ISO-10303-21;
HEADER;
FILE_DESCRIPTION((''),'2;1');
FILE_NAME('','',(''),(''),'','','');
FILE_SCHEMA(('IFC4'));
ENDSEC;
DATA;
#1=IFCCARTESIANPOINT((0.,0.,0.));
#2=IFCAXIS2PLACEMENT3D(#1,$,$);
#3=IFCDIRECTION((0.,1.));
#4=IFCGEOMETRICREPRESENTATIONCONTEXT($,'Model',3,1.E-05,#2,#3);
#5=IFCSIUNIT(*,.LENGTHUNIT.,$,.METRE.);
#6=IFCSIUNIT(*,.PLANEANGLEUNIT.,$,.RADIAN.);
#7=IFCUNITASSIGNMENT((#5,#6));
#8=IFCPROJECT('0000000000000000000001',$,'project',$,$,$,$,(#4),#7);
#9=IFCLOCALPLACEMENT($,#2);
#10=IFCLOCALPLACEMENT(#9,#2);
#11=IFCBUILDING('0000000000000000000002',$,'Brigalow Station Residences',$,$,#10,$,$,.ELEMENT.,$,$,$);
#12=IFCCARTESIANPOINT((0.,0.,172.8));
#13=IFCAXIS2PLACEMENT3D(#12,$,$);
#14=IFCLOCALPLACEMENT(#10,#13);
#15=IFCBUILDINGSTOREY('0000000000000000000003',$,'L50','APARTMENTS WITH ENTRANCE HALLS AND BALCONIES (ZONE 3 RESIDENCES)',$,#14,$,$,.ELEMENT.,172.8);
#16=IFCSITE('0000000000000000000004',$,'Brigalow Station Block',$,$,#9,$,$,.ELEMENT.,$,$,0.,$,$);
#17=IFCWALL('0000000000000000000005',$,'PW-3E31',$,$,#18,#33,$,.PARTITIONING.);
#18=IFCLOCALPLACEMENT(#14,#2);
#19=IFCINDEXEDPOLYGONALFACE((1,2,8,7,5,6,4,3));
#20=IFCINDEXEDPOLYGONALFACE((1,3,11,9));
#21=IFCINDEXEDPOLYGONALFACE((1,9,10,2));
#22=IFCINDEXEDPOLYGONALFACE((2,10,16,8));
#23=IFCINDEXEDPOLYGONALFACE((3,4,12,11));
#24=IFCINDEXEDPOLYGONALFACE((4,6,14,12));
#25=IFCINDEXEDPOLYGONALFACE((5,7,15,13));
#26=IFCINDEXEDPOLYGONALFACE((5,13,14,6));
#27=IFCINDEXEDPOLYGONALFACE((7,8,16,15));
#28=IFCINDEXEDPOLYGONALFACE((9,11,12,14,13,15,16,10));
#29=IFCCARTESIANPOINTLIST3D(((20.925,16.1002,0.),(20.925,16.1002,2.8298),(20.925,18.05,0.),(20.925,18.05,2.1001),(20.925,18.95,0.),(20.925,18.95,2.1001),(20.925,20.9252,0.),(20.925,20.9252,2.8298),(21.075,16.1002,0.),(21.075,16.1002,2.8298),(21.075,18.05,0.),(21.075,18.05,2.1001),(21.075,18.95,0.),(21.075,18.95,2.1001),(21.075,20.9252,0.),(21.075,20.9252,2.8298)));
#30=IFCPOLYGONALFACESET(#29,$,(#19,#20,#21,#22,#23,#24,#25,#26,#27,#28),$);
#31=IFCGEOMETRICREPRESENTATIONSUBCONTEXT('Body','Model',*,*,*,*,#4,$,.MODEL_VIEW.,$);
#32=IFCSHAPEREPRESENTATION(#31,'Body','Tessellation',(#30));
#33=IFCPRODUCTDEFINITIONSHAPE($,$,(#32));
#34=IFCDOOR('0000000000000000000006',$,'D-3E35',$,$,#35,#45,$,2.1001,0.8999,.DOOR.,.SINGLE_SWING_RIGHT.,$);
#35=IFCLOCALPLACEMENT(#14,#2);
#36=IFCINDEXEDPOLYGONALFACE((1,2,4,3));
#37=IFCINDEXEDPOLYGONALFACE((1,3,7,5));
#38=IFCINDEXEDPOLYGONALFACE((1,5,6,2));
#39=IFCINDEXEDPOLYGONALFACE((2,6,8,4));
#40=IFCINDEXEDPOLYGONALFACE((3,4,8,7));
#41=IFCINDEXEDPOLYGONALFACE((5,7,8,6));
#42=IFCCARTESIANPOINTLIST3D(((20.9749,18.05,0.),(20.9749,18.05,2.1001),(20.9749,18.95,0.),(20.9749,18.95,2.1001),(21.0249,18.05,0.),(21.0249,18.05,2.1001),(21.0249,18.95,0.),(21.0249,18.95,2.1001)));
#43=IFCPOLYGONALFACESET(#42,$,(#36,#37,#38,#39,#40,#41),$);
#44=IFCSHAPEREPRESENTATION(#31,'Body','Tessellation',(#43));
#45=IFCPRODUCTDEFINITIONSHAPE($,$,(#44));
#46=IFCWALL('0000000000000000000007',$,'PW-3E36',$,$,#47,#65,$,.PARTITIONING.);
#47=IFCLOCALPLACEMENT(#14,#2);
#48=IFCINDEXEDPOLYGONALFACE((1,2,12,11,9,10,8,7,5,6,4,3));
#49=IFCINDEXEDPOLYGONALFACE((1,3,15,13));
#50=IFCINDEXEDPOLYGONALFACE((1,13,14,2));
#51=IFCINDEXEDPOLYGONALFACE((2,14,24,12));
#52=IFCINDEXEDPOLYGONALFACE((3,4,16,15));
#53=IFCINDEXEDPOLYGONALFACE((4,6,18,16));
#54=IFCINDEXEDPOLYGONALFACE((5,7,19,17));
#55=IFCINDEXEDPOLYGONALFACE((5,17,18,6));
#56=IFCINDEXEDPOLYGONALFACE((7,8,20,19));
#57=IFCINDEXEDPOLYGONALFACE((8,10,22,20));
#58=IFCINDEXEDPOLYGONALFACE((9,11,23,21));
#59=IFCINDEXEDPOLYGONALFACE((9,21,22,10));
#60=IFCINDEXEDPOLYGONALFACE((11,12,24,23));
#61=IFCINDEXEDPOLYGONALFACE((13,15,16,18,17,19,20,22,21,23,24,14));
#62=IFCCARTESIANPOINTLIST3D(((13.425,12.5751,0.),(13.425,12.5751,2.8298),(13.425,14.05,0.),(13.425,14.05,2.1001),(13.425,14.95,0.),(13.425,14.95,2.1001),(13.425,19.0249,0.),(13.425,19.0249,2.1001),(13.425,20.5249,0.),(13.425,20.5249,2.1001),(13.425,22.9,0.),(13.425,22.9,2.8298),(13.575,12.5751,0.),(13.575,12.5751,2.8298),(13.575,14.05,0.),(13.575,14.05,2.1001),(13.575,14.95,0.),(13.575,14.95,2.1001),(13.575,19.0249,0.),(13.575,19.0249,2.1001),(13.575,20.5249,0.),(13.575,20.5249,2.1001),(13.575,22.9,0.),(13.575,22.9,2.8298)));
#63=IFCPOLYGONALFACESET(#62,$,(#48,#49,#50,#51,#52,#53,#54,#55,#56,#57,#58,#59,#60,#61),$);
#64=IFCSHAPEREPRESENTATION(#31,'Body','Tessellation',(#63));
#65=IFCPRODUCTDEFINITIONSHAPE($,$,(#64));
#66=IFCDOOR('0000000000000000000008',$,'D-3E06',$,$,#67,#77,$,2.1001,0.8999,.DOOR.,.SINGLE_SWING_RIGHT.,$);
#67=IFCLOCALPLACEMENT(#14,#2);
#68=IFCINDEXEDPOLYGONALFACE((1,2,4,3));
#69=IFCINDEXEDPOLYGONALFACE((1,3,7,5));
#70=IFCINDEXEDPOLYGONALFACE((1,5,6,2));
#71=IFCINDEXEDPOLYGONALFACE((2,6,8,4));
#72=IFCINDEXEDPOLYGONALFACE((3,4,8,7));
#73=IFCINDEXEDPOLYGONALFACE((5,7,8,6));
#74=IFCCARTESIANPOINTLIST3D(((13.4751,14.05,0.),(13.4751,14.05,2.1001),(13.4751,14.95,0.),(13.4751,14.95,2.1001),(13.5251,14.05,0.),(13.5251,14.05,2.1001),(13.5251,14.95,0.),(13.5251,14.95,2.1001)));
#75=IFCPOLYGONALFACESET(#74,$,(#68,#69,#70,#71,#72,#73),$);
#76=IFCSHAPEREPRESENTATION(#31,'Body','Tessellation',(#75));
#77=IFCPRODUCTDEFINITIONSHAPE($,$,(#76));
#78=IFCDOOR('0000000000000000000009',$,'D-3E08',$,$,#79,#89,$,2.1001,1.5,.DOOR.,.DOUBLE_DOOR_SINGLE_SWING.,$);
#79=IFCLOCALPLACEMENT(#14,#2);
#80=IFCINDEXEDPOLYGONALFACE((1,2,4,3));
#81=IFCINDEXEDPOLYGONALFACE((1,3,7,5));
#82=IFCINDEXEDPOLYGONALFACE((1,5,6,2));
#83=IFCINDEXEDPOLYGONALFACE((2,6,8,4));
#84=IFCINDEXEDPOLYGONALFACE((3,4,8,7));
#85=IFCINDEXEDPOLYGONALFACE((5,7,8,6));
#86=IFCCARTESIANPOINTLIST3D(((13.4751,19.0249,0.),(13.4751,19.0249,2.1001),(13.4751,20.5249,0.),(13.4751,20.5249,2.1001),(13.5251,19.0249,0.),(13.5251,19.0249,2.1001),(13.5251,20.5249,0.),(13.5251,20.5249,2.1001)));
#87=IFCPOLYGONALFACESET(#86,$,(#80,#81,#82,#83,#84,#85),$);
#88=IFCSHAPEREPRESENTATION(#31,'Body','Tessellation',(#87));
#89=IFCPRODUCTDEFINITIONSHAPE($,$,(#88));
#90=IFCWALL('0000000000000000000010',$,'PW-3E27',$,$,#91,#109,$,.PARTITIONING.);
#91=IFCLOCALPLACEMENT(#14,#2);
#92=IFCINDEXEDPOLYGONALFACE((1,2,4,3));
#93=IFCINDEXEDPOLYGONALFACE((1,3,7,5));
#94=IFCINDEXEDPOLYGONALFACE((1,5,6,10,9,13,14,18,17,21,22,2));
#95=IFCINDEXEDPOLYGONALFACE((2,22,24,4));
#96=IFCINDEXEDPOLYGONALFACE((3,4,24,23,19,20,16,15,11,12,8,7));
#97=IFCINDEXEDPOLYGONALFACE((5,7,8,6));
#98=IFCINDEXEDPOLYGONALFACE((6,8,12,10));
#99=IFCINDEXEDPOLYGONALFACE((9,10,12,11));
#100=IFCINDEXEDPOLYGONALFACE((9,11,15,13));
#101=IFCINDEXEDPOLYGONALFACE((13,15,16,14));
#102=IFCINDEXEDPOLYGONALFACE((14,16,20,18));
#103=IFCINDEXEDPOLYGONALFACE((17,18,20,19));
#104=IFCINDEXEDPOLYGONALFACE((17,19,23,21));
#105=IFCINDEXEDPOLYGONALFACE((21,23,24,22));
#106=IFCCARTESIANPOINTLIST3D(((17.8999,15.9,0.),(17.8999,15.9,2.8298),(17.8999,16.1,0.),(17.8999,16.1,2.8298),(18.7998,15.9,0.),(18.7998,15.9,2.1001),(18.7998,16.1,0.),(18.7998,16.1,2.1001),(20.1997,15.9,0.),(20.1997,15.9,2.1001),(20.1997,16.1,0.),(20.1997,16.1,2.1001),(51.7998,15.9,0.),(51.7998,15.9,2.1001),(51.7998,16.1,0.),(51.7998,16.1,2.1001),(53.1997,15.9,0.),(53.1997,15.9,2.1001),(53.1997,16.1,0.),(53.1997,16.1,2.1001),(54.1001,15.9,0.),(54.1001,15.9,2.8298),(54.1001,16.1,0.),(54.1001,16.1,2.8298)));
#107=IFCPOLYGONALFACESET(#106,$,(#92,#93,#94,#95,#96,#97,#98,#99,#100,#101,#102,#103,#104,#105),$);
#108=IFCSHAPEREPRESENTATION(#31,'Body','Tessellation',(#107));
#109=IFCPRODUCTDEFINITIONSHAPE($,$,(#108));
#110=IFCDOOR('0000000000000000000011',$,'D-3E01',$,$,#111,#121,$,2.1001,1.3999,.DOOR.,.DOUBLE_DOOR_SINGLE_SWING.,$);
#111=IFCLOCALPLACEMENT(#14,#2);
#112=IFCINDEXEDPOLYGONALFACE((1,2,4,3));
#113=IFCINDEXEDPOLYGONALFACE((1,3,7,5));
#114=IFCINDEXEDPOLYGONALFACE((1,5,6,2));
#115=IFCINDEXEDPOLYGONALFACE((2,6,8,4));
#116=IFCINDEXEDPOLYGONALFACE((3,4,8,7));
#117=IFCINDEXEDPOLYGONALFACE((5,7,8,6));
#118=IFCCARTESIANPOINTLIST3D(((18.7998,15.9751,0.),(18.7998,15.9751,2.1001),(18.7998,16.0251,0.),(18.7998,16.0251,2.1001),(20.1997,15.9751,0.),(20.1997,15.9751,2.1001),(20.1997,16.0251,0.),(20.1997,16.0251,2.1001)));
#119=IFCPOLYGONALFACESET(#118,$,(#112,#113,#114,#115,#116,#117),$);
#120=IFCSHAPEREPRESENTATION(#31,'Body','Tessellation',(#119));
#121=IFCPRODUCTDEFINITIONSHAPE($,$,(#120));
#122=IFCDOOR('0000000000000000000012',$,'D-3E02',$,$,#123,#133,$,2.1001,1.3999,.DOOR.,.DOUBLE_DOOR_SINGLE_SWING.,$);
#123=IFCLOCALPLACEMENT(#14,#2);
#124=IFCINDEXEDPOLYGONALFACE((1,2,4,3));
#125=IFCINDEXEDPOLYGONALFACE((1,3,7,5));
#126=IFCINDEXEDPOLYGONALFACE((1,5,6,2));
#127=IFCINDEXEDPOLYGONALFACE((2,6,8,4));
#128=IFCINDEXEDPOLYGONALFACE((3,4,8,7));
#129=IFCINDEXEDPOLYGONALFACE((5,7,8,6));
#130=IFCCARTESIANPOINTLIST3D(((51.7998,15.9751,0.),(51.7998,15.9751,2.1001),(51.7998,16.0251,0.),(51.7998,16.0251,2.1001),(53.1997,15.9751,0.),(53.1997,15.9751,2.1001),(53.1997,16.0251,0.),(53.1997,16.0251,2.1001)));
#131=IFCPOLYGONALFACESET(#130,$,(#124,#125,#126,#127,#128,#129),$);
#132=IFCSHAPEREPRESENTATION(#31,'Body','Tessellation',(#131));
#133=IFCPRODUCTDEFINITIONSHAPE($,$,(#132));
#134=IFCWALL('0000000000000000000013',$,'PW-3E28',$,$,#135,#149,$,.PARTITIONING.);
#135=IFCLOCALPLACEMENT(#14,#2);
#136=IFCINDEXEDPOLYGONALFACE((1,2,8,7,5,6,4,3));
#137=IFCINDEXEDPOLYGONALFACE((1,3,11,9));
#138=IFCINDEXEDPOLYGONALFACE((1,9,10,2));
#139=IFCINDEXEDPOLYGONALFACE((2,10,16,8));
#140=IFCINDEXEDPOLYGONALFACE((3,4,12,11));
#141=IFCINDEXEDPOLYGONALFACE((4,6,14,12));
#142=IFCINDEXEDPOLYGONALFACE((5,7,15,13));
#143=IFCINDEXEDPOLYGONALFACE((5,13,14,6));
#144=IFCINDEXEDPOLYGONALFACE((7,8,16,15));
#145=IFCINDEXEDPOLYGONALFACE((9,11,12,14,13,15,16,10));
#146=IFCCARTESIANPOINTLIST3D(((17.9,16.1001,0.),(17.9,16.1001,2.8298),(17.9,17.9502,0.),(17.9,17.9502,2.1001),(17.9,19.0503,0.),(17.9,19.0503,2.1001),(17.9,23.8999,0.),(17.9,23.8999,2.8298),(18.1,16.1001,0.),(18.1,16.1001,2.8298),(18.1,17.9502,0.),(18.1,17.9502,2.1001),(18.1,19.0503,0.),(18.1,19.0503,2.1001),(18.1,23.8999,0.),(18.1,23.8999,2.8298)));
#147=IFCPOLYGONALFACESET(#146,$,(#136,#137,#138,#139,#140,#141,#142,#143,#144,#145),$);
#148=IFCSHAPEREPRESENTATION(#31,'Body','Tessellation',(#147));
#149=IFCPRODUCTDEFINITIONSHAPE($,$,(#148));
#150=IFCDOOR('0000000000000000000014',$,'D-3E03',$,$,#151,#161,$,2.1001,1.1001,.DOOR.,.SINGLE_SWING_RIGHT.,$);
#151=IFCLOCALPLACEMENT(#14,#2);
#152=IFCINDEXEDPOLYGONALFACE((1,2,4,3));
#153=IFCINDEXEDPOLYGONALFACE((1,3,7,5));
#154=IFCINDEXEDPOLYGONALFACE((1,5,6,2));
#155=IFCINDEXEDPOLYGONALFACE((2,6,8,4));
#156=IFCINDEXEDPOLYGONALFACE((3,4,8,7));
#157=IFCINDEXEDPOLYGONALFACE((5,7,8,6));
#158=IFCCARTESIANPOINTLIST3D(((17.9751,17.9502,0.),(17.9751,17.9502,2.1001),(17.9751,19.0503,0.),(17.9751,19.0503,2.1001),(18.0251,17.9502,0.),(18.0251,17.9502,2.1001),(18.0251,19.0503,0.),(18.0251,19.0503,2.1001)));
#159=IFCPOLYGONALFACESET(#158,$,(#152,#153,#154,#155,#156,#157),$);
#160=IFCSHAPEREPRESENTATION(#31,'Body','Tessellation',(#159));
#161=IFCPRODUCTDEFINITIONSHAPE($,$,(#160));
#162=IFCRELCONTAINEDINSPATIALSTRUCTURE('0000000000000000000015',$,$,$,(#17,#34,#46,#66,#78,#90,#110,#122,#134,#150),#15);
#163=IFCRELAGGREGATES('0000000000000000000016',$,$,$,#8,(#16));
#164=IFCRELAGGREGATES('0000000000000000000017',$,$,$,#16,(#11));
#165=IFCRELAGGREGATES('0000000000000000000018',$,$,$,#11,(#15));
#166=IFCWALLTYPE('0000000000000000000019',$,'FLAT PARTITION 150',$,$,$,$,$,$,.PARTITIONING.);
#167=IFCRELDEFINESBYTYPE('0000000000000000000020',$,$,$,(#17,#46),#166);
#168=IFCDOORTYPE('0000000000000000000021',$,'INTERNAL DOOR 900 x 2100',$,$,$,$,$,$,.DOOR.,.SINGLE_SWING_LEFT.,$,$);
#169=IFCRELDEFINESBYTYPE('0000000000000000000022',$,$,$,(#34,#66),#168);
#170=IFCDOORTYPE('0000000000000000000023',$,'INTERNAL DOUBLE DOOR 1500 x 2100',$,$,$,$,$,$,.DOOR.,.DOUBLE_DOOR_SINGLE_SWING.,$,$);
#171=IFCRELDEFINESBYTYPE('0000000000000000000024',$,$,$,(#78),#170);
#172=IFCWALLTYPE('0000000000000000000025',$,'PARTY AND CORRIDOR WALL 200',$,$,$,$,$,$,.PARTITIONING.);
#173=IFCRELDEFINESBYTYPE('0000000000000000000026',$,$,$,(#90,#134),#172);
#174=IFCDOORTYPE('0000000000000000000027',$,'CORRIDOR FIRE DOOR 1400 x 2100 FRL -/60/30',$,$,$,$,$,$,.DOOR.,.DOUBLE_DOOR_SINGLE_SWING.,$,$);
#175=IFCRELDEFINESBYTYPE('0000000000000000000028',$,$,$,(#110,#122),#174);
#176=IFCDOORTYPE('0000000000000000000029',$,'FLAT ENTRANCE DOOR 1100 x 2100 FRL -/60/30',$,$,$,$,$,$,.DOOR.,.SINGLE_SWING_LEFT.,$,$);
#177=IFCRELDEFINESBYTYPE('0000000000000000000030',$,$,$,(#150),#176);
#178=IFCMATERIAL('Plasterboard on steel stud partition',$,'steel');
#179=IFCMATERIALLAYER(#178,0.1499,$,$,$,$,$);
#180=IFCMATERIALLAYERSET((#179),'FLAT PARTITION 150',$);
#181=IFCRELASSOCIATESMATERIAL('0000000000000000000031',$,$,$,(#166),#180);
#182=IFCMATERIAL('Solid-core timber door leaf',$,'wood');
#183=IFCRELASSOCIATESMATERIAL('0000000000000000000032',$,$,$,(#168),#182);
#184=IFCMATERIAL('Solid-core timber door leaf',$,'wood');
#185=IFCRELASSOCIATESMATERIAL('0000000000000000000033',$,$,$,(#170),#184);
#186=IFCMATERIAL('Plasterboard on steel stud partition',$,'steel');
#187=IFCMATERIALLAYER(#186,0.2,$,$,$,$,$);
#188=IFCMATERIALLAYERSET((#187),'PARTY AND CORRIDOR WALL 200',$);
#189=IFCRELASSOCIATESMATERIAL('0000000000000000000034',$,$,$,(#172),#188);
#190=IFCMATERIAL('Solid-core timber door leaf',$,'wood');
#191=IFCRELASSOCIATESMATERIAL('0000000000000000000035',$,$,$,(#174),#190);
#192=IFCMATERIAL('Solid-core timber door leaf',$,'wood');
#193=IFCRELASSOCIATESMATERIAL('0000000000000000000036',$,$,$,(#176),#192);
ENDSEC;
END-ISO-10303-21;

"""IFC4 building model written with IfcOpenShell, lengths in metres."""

from ifc_helpers import new_model, si_unit, direction, frame, frame_2d, origin, place, context, subcontext, project, spatial, rectangle, extrude, material, layer, layer_set, type_object, element, fill, save


model = new_model("IFC4")

# Units and contexts
model_context = context("Model", 3, precision=1e-05, world=origin(), true_north=direction((0.0, 1.0)))
body_context = subcontext(model_context, "Body", "Model", "MODEL_VIEW")
ifc_project = project(units=[si_unit("LENGTHUNIT", "METRE"), si_unit("PLANEANGLEUNIT", "RADIAN")], contexts=[model_context])

# Site, building, storey
site_placement = place(None, origin())
site = spatial("IfcSite", under=ifc_project, at=site_placement, Name="Brigalow Station Block", CompositionType="ELEMENT", RefElevation=0.0)
building_placement = place(site_placement, origin())
building = spatial("IfcBuilding", under=site, at=building_placement, Name="Brigalow Station Residences", CompositionType="ELEMENT")
storey_placement = place(building_placement, frame((0.0, 0.0, 172.8)))
storey = spatial("IfcBuildingStorey", under=building, at=storey_placement, Name="L50", Description="APARTMENTS WITH ENTRANCE HALLS AND BALCONIES (ZONE 3 RESIDENCES)", CompositionType="ELEMENT", Elevation=172.8)

# Shared definitions
ifc_material_1 = material(Name="Plasterboard on steel stud partition", Category="steel")
ifc_layer_1 = layer(ifc_material_1, 0.1499)
ifc_layer_set_1 = layer_set([ifc_layer_1], Name="FLAT PARTITION 150")
wall_type_1 = type_object("IfcWallType", Name="FLAT PARTITION 150", PredefinedType="PARTITIONING", material=ifc_layer_set_1)
ifc_material_2 = material(Name="Solid-core timber door leaf", Category="wood")
door_type_1 = type_object("IfcDoorType", Name="INTERNAL DOOR 900 x 2100", OperationType="SINGLE_SWING_LEFT", PredefinedType="DOOR", material=ifc_material_2)

# Wall, opening, door
wall_1_placement = place(storey_placement, frame((21.0, 16.1001, 0.0), z_axis=(0.0, 0.0, 1.0), x_axis=(0.0, 1.0, 0.0)))
wall_1 = element("IfcWall", 1, at=wall_1_placement, inside=storey, type_object=wall_type_1, Name="PW-3E31", PredefinedType="PARTITIONING", context=body_context, shape_type="SweptSolid", body=[
    extrude(rectangle(XDim=4.825, YDim=0.1499, at=frame_2d((2.4126, 0.0))), origin(), (0.0, 0.0, 1.0), 2.8298),
])
opening_1_placement = place(wall_1_placement, frame((1.95, 0.0, 0.0)))
opening_1 = element("IfcOpeningElement", 2, at=opening_1_placement, cuts=wall_1, PredefinedType="OPENING", context=body_context, shape_type="SweptSolid", body=[
    extrude(rectangle(XDim=0.8999, YDim=2.1001, at=frame_2d((0.45, 1.05))), frame((0.0, 0.085, 0.0), z_axis=(0.0, -1.0, 0.0), x_axis=(1.0, 0.0, 0.0)), (0.0, 0.0, 1.0), 0.1699),
])
door_1_placement = place(opening_1_placement, frame((0.8999, 0.0, 0.0), z_axis=(0.0, 0.0, 1.0), x_axis=(-1.0, 0.0, 0.0)))
door_1 = element("IfcDoor", 3, at=door_1_placement, inside=storey, type_object=door_type_1, Name="D-3E35", OperationType="SINGLE_SWING_RIGHT", OverallHeight=2.1001, OverallWidth=0.8999, PredefinedType="DOOR", context=body_context, shape_type="SweptSolid", body=[
    extrude(rectangle(XDim=0.8999, YDim=2.1001, at=frame_2d((0.45, 1.05))), frame((0.0, 0.0249, 0.0), z_axis=(0.0, -1.0, 0.0), x_axis=(1.0, 0.0, 0.0)), (0.0, 0.0, 1.0), 0.05),
])
fill(opening_1, door_1)

# Walls, openings, doors
wall_2_placement = place(storey_placement, frame((13.5, 12.575, 0.0), z_axis=(0.0, 0.0, 1.0), x_axis=(0.0, 1.0, 0.0)))
wall_2 = element("IfcWall", 4, at=wall_2_placement, inside=storey, type_object=wall_type_1, Name="PW-3E36", PredefinedType="PARTITIONING", context=body_context, shape_type="SweptSolid", body=[
    extrude(rectangle(XDim=10.325, YDim=0.1499, at=frame_2d((5.1626, 0.0))), origin(), (0.0, 0.0, 1.0), 2.8298),
])
opening_2_placement = place(wall_2_placement, frame((1.4751, 0.0, 0.0)))
opening_2 = element("IfcOpeningElement", 5, at=opening_2_placement, cuts=wall_2, PredefinedType="OPENING", context=body_context, shape_type="SweptSolid", body=[
    extrude(rectangle(XDim=0.8999, YDim=2.1001, at=frame_2d((0.45, 1.05))), frame((0.0, 0.085, 0.0), z_axis=(0.0, -1.0, 0.0), x_axis=(1.0, 0.0, 0.0)), (0.0, 0.0, 1.0), 0.1699),
])
opening_3_placement = place(wall_2_placement, frame((6.45, 0.0, 0.0)))
opening_3 = element("IfcOpeningElement", 6, at=opening_3_placement, cuts=wall_2, PredefinedType="OPENING", context=body_context, shape_type="SweptSolid", body=[
    extrude(rectangle(XDim=1.5, YDim=2.1001, at=frame_2d((0.75, 1.05))), frame((0.0, 0.085, 0.0), z_axis=(0.0, -1.0, 0.0), x_axis=(1.0, 0.0, 0.0)), (0.0, 0.0, 1.0), 0.1699),
])
door_2_placement = place(opening_2_placement, origin())
door_2 = element("IfcDoor", 7, at=door_2_placement, inside=storey, type_object=door_type_1, Name="D-3E06", OperationType="SINGLE_SWING_RIGHT", OverallHeight=2.1001, OverallWidth=0.8999, PredefinedType="DOOR", context=body_context, shape_type="SweptSolid", body=[
    extrude(rectangle(XDim=0.8999, YDim=2.1001, at=frame_2d((0.45, 1.05))), frame((0.0, 0.0249, 0.0), z_axis=(0.0, -1.0, 0.0), x_axis=(1.0, 0.0, 0.0)), (0.0, 0.0, 1.0), 0.05),
])
fill(opening_2, door_2)
ifc_material_3 = material(Name="Solid-core timber door leaf", Category="wood")
door_type_2 = type_object("IfcDoorType", Name="INTERNAL DOUBLE DOOR 1500 x 2100", OperationType="DOUBLE_DOOR_SINGLE_SWING", PredefinedType="DOOR", material=ifc_material_3)
door_3_placement = place(opening_3_placement, origin())
door_3 = element("IfcDoor", 8, at=door_3_placement, inside=storey, type_object=door_type_2, Name="D-3E08", OperationType="DOUBLE_DOOR_SINGLE_SWING", OverallHeight=2.1001, OverallWidth=1.5, PredefinedType="DOOR", context=body_context, shape_type="SweptSolid", body=[
    extrude(rectangle(XDim=1.5, YDim=2.1001, at=frame_2d((0.75, 1.05))), frame((0.0, 0.0249, 0.0), z_axis=(0.0, -1.0, 0.0), x_axis=(1.0, 0.0, 0.0)), (0.0, 0.0, 1.0), 0.05),
])
fill(opening_3, door_3)
ifc_material_4 = material(Name="Plasterboard on steel stud partition", Category="steel")
ifc_layer_2 = layer(ifc_material_4, 0.2)
ifc_layer_set_2 = layer_set([ifc_layer_2], Name="PARTY AND CORRIDOR WALL 200")
wall_type_2 = type_object("IfcWallType", Name="PARTY AND CORRIDOR WALL 200", PredefinedType="PARTITIONING", material=ifc_layer_set_2)
wall_3_placement = place(storey_placement, frame((17.8999, 16.0, 0.0), z_axis=(0.0, 0.0, 1.0), x_axis=(1.0, 0.0, 0.0)))
wall_3 = element("IfcWall", 9, at=wall_3_placement, inside=storey, type_object=wall_type_2, Name="PW-3E27", PredefinedType="PARTITIONING", context=body_context, shape_type="SweptSolid", body=[
    extrude(rectangle(XDim=36.2002, YDim=0.2, at=frame_2d((18.1001, 0.0))), origin(), (0.0, 0.0, 1.0), 2.8298),
])
opening_4_placement = place(wall_3_placement, frame((0.8999, 0.0, 0.0)))
opening_4 = element("IfcOpeningElement", 10, at=opening_4_placement, cuts=wall_3, PredefinedType="OPENING", context=body_context, shape_type="SweptSolid", body=[
    extrude(rectangle(XDim=1.3999, YDim=2.1001, at=frame_2d((0.7, 1.05))), frame((0.0, 0.1099, 0.0), z_axis=(0.0, -1.0, 0.0), x_axis=(1.0, 0.0, 0.0)), (0.0, 0.0, 1.0), 0.22),
])
opening_5_placement = place(wall_3_placement, frame((33.8999, 0.0, 0.0)))
opening_5 = element("IfcOpeningElement", 11, at=opening_5_placement, cuts=wall_3, PredefinedType="OPENING", context=body_context, shape_type="SweptSolid", body=[
    extrude(rectangle(XDim=1.3999, YDim=2.1001, at=frame_2d((0.7, 1.05))), frame((0.0, 0.1099, 0.0), z_axis=(0.0, -1.0, 0.0), x_axis=(1.0, 0.0, 0.0)), (0.0, 0.0, 1.0), 0.22),
])
ifc_material_5 = material(Name="Solid-core timber door leaf", Category="wood")
door_type_3 = type_object("IfcDoorType", Name="CORRIDOR FIRE DOOR 1400 x 2100 FRL -/60/30", OperationType="DOUBLE_DOOR_SINGLE_SWING", PredefinedType="DOOR", material=ifc_material_5)
door_4_placement = place(opening_4_placement, frame((1.3999, 0.0, 0.0), z_axis=(0.0, 0.0, 1.0), x_axis=(-1.0, 0.0, 0.0)))
door_4 = element("IfcDoor", 12, at=door_4_placement, inside=storey, type_object=door_type_3, Name="D-3E01", OperationType="DOUBLE_DOOR_SINGLE_SWING", OverallHeight=2.1001, OverallWidth=1.3999, PredefinedType="DOOR", context=body_context, shape_type="SweptSolid", body=[
    extrude(rectangle(XDim=1.3999, YDim=2.1001, at=frame_2d((0.7, 1.05))), frame((0.0, 0.0249, 0.0), z_axis=(0.0, -1.0, 0.0), x_axis=(1.0, 0.0, 0.0)), (0.0, 0.0, 1.0), 0.05),
])
fill(opening_4, door_4)
door_5_placement = place(opening_5_placement, frame((1.3999, 0.0, 0.0), z_axis=(0.0, 0.0, 1.0), x_axis=(-1.0, 0.0, 0.0)))
door_5 = element("IfcDoor", 13, at=door_5_placement, inside=storey, type_object=door_type_3, Name="D-3E02", OperationType="DOUBLE_DOOR_SINGLE_SWING", OverallHeight=2.1001, OverallWidth=1.3999, PredefinedType="DOOR", context=body_context, shape_type="SweptSolid", body=[
    extrude(rectangle(XDim=1.3999, YDim=2.1001, at=frame_2d((0.7, 1.05))), frame((0.0, 0.0249, 0.0), z_axis=(0.0, -1.0, 0.0), x_axis=(1.0, 0.0, 0.0)), (0.0, 0.0, 1.0), 0.05),
])
fill(opening_5, door_5)

# Wall, opening, door
wall_4_placement = place(storey_placement, frame((18.0, 16.1001, 0.0), z_axis=(0.0, 0.0, 1.0), x_axis=(0.0, 1.0, 0.0)))
wall_4 = element("IfcWall", 14, at=wall_4_placement, inside=storey, type_object=wall_type_2, Name="PW-3E28", PredefinedType="PARTITIONING", context=body_context, shape_type="SweptSolid", body=[
    extrude(rectangle(XDim=7.7998, YDim=0.2, at=frame_2d((3.8999, 0.0))), origin(), (0.0, 0.0, 1.0), 2.8298),
])
opening_6_placement = place(wall_4_placement, frame((1.8501, 0.0, 0.0)))
opening_6 = element("IfcOpeningElement", 15, at=opening_6_placement, cuts=wall_4, PredefinedType="OPENING", context=body_context, shape_type="SweptSolid", body=[
    extrude(rectangle(XDim=1.1001, YDim=2.1001, at=frame_2d((0.55, 1.05))), frame((0.0, 0.1099, 0.0), z_axis=(0.0, -1.0, 0.0), x_axis=(1.0, 0.0, 0.0)), (0.0, 0.0, 1.0), 0.22),
])
ifc_material_6 = material(Name="Solid-core timber door leaf", Category="wood")
door_type_4 = type_object("IfcDoorType", Name="FLAT ENTRANCE DOOR 1100 x 2100 FRL -/60/30", OperationType="SINGLE_SWING_LEFT", PredefinedType="DOOR", material=ifc_material_6)
door_6_placement = place(opening_6_placement, origin())
door_6 = element("IfcDoor", 16, at=door_6_placement, inside=storey, type_object=door_type_4, Name="D-3E03", OperationType="SINGLE_SWING_RIGHT", OverallHeight=2.1001, OverallWidth=1.1001, PredefinedType="DOOR", context=body_context, shape_type="SweptSolid", body=[
    extrude(rectangle(XDim=1.1001, YDim=2.1001, at=frame_2d((0.55, 1.05))), frame((0.0, 0.0249, 0.0), z_axis=(0.0, -1.0, 0.0), x_axis=(1.0, 0.0, 0.0)), (0.0, 0.0, 1.0), 0.05),
])
fill(opening_6, door_6)

save(model, "model.ifc")
